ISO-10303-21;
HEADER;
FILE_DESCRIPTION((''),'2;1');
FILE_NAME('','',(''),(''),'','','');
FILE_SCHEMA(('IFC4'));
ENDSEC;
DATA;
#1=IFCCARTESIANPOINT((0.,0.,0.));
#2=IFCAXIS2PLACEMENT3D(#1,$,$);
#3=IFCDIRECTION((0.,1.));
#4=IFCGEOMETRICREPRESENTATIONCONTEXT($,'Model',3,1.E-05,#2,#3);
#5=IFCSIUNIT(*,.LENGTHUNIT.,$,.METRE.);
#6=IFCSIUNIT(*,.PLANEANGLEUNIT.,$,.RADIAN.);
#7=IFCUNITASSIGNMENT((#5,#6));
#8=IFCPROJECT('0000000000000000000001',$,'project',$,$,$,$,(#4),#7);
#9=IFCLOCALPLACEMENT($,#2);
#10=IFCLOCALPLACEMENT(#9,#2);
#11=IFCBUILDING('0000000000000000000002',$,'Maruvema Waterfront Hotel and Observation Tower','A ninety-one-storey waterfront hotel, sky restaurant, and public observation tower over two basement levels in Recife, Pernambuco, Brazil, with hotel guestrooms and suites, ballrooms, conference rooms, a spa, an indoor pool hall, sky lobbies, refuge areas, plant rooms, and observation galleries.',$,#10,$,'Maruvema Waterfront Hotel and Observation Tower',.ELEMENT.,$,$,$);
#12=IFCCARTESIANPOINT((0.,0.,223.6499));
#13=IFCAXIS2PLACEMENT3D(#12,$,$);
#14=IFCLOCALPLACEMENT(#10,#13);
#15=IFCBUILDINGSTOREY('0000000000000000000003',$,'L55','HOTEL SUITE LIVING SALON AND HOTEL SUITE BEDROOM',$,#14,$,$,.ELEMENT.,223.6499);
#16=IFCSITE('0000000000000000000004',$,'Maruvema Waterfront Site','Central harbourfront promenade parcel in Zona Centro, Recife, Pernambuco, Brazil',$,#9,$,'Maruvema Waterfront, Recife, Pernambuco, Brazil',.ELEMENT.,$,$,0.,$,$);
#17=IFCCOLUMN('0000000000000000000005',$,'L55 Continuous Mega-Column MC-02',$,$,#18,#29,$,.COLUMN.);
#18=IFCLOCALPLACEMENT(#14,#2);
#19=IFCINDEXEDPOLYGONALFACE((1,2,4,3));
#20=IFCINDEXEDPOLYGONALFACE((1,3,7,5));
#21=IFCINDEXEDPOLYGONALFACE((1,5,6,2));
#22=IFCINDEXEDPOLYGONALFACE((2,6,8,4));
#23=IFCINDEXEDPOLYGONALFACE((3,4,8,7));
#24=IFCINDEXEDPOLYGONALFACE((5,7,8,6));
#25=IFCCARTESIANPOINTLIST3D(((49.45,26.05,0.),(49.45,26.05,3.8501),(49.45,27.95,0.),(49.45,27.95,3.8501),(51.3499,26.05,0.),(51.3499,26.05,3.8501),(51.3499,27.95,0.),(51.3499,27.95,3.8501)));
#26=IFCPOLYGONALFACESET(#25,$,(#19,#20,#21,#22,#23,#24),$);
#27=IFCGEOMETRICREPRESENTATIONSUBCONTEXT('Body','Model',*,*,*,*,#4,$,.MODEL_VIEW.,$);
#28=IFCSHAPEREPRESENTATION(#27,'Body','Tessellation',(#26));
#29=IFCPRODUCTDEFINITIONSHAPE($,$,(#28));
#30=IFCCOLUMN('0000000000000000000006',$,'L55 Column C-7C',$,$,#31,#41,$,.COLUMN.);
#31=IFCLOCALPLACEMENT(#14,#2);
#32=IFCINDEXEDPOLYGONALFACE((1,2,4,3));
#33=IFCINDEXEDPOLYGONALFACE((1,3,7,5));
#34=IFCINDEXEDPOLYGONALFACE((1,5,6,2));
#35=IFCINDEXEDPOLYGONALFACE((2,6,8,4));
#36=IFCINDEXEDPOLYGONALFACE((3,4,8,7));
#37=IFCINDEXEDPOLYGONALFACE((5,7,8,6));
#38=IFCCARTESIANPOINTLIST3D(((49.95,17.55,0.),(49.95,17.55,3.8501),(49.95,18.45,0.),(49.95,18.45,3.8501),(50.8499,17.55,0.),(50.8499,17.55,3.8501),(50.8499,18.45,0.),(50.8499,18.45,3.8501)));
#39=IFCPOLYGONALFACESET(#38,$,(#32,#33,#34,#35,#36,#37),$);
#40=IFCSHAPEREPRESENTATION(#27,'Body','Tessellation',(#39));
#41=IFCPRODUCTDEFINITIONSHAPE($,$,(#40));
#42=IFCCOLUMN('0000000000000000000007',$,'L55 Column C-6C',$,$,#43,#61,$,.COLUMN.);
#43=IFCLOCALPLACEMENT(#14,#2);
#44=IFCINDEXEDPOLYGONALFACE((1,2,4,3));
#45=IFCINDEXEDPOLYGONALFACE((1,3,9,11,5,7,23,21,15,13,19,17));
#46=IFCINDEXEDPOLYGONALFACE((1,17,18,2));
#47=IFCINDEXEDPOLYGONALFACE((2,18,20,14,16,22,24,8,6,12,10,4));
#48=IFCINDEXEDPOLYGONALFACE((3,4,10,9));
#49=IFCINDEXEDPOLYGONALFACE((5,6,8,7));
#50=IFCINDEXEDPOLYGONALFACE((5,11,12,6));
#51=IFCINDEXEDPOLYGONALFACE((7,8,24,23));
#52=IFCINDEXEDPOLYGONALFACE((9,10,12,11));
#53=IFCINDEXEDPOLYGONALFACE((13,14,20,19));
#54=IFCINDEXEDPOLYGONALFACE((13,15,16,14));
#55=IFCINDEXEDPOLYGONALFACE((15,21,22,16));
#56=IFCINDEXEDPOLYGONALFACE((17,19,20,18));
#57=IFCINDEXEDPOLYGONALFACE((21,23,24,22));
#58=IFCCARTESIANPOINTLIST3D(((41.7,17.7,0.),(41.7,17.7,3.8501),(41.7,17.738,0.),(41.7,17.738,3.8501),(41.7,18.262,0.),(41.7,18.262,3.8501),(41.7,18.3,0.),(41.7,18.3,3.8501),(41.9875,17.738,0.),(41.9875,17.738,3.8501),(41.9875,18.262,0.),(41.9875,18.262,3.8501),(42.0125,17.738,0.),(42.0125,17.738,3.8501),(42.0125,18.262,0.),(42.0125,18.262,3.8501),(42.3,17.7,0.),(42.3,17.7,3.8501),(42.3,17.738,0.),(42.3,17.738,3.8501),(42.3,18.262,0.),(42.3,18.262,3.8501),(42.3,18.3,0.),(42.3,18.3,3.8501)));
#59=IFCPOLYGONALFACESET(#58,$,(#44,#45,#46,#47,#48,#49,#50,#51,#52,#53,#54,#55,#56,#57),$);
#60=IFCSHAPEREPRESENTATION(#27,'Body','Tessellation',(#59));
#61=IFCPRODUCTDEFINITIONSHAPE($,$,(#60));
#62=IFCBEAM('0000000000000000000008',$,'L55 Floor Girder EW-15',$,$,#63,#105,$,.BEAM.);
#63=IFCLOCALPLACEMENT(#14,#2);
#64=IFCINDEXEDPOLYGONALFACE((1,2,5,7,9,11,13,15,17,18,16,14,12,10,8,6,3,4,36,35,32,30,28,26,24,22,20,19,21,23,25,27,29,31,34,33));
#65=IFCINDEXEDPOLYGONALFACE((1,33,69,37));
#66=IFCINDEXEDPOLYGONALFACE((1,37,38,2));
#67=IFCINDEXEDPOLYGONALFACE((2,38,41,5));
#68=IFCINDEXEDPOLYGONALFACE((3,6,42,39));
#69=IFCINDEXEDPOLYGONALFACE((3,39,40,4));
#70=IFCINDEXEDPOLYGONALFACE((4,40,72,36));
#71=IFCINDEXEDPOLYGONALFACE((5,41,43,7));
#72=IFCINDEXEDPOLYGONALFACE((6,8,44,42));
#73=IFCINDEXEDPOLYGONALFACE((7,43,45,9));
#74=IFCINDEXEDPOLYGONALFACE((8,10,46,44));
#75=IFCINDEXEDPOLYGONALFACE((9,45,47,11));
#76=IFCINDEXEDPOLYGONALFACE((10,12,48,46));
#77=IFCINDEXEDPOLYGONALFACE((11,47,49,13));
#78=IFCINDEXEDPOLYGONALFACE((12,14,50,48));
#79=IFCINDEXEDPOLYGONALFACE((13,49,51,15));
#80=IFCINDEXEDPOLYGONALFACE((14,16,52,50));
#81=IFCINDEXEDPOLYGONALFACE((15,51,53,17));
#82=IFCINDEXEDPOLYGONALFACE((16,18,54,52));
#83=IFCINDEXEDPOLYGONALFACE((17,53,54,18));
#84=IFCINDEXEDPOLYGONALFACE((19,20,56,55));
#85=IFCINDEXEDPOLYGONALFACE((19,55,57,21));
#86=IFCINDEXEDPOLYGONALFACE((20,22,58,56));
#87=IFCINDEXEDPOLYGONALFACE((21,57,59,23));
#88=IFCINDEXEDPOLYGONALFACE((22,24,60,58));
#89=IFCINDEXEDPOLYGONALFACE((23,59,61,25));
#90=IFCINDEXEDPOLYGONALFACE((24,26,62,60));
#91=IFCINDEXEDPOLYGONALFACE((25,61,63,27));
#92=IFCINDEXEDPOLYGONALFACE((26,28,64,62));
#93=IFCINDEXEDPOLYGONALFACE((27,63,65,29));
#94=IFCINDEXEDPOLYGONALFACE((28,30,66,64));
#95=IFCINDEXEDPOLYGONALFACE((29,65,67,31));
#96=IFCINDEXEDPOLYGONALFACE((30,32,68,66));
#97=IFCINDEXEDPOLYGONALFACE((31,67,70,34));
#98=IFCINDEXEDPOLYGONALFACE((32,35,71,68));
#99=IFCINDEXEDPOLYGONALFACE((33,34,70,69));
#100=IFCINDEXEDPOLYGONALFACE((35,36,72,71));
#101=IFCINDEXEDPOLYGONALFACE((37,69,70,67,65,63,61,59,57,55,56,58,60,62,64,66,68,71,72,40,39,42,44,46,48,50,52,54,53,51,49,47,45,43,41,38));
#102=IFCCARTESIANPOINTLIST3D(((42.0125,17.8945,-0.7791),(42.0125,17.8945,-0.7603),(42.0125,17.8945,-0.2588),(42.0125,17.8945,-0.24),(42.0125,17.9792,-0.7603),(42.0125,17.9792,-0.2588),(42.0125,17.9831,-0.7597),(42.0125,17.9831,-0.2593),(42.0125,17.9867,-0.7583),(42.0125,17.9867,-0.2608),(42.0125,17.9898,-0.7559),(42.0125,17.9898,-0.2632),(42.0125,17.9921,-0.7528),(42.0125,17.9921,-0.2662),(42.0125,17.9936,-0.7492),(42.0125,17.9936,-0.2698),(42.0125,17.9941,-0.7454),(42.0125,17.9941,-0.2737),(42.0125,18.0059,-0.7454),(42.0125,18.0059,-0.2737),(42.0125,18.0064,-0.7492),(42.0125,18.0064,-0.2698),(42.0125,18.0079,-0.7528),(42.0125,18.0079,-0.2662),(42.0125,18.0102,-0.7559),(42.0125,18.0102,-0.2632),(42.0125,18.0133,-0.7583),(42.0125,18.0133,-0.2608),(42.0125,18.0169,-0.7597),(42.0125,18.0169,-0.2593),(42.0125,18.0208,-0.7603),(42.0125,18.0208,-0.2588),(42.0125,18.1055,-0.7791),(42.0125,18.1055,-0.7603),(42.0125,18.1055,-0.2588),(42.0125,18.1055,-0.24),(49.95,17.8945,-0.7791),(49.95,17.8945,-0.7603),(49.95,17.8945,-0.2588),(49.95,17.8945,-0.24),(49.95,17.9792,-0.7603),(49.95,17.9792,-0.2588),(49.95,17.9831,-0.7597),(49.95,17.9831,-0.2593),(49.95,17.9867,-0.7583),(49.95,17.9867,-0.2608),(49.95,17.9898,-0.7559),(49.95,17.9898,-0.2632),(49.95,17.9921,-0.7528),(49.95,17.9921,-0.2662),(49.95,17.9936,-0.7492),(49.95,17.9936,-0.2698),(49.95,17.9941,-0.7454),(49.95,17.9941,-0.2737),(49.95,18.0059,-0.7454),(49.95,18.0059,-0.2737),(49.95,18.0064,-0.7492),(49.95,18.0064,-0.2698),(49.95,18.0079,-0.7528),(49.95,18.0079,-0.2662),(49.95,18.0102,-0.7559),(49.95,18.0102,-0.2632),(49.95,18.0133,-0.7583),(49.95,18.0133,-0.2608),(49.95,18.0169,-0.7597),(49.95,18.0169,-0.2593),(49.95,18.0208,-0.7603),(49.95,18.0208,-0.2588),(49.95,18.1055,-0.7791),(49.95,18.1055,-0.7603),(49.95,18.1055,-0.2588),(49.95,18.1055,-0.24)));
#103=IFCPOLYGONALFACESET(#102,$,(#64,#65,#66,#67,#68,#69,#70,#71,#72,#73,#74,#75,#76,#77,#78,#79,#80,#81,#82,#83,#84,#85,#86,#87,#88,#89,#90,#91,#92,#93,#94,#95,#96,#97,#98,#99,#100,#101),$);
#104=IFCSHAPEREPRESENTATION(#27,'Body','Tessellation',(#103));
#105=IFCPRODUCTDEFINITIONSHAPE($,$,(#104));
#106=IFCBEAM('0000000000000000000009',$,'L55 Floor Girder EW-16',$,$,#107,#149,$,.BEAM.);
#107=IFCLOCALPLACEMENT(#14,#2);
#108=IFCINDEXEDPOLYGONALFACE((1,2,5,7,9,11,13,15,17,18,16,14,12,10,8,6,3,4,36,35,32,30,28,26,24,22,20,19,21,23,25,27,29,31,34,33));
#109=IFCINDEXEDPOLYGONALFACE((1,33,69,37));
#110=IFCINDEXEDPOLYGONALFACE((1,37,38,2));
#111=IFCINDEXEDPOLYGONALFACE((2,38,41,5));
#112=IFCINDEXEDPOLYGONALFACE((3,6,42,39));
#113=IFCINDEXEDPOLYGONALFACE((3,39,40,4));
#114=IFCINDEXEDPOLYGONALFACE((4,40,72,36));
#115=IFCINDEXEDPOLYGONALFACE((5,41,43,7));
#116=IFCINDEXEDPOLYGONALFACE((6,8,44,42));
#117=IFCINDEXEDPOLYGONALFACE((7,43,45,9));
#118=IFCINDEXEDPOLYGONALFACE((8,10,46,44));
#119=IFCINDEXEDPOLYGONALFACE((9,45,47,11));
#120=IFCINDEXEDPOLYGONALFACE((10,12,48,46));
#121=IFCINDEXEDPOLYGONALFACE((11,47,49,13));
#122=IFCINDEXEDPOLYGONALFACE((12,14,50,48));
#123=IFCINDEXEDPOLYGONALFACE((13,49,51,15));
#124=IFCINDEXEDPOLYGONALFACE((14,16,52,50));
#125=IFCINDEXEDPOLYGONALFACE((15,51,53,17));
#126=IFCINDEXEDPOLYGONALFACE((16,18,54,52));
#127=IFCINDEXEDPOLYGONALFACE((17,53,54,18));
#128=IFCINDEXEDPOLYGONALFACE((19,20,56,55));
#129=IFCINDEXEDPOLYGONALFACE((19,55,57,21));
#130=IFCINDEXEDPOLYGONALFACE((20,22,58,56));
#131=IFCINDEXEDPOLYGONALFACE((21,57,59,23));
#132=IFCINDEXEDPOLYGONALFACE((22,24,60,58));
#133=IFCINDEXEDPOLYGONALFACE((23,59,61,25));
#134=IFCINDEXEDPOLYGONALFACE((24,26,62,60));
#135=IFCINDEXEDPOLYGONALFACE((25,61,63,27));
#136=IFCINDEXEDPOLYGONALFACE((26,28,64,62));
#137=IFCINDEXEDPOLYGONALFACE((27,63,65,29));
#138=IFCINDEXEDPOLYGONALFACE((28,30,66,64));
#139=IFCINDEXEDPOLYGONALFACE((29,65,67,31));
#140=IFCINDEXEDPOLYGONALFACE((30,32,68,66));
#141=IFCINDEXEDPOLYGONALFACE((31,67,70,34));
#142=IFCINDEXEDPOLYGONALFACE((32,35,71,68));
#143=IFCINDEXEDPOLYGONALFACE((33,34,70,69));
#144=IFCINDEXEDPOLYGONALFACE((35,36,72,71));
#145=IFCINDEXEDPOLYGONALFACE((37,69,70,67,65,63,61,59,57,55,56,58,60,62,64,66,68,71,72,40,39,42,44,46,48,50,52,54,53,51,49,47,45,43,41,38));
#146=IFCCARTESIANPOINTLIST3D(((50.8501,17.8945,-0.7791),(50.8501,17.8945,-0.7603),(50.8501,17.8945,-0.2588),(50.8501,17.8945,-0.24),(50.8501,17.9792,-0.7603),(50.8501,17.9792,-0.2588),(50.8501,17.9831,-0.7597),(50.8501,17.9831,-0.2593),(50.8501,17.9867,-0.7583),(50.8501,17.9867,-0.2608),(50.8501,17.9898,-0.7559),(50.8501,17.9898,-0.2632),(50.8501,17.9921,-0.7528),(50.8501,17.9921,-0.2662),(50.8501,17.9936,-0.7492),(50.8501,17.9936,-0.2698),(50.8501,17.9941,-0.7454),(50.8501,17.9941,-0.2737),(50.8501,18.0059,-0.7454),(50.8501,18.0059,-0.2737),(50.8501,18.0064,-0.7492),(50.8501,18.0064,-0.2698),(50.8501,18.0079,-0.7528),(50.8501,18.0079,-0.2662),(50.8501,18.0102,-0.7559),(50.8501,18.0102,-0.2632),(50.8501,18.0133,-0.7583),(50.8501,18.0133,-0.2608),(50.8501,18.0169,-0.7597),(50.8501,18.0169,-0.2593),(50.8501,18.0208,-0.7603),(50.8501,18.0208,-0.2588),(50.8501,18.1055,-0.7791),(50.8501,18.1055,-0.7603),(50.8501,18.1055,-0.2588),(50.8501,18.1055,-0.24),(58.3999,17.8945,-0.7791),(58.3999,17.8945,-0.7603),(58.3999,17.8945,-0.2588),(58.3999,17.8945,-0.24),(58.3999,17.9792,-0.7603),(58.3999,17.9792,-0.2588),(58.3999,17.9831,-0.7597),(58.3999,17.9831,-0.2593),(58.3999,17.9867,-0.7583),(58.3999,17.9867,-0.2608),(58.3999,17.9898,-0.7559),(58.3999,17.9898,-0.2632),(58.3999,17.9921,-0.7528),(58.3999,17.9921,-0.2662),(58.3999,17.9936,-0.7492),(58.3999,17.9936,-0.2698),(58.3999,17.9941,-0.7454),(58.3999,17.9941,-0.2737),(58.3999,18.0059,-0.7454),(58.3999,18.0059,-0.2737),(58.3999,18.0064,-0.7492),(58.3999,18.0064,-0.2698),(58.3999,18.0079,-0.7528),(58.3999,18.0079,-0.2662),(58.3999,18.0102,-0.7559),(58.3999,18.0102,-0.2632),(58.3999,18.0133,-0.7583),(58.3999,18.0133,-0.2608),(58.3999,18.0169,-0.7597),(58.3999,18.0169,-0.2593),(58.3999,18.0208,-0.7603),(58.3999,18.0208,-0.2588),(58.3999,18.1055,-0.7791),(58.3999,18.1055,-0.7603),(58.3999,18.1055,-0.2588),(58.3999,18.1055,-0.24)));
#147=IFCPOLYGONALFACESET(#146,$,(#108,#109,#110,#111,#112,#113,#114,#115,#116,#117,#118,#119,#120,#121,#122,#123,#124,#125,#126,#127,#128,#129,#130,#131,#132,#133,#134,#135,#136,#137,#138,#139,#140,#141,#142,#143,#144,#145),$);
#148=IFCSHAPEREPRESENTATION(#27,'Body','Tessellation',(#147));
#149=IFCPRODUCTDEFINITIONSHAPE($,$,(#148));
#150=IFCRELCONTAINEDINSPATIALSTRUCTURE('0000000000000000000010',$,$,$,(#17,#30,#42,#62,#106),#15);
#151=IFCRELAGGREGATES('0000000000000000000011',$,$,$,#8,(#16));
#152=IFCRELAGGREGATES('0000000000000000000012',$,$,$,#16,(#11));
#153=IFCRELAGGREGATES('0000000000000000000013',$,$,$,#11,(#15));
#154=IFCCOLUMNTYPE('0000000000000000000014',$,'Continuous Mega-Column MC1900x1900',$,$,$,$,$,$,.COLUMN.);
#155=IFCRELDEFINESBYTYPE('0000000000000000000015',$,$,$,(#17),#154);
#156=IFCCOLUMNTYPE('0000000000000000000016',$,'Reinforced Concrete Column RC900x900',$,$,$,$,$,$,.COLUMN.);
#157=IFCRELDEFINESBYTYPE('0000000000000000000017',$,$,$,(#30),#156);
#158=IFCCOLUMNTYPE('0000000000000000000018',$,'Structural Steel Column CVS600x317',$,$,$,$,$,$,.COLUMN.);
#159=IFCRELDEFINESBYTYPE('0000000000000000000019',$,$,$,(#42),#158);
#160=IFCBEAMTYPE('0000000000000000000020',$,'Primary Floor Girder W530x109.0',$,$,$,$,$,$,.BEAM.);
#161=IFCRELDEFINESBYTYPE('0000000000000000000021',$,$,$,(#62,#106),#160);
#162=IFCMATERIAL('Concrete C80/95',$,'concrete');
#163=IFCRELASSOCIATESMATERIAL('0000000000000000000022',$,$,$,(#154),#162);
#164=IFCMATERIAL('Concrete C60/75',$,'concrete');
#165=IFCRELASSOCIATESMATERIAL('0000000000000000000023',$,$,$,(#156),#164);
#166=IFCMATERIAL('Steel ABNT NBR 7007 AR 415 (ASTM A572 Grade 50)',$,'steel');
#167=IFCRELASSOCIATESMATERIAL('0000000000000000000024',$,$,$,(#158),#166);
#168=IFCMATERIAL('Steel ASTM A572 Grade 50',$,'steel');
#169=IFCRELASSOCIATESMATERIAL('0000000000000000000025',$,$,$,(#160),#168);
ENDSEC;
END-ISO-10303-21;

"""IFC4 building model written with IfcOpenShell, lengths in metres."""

from ifc_helpers import new_model, si_unit, direction, frame, origin, origin_2d, place, context, subcontext, project, spatial, rectangle, i_section, extrude, material, material_profile, profile_set, type_object, element, save


model = new_model("IFC4")

# Units and contexts
model_context = context("Model", 3, precision=1e-05, world=origin(), true_north=direction((0.0, 1.0)))
body_context = subcontext(model_context, "Body", "Model", "MODEL_VIEW")
ifc_project = project(units=[si_unit("LENGTHUNIT", "METRE"), si_unit("PLANEANGLEUNIT", "RADIAN")], contexts=[model_context])

# Site, building, storey
site_placement = place(None, origin())
site = spatial("IfcSite", under=ifc_project, at=site_placement, Name="Maruvema Waterfront Site", Description="Central harbourfront promenade parcel in Zona Centro, Recife, Pernambuco, Brazil", LongName="Maruvema Waterfront, Recife, Pernambuco, Brazil", CompositionType="ELEMENT", RefElevation=0.0)
building_placement = place(site_placement, origin())
building = spatial("IfcBuilding", under=site, at=building_placement, Name="Maruvema Waterfront Hotel and Observation Tower", Description="A ninety-one-storey waterfront hotel, sky restaurant, and public observation tower over two basement levels in Recife, Pernambuco, Brazil, with hotel guestrooms and suites, ballrooms, conference rooms, a spa, an indoor pool hall, sky lobbies, refuge areas, plant rooms, and observation galleries.", LongName="Maruvema Waterfront Hotel and Observation Tower", CompositionType="ELEMENT")
storey_placement = place(building_placement, frame((0.0, 0.0, 223.6499)))
storey = spatial("IfcBuildingStorey", under=building, at=storey_placement, Name="L55", Description="HOTEL SUITE LIVING SALON AND HOTEL SUITE BEDROOM", CompositionType="ELEMENT", Elevation=223.6499)

# Columns
ifc_material_1 = material(Name="Concrete C80/95", Category="concrete")
ifc_material_profile_1 = material_profile(ifc_material_1, rectangle(XDim=1.8999, YDim=1.8999, at=origin_2d()), Name="MC1900x1900")
ifc_profile_set_1 = profile_set([ifc_material_profile_1], Name="Concrete C80/95")
column_type_1 = type_object("IfcColumnType", Name="Continuous Mega-Column MC1900x1900", PredefinedType="COLUMN", material=ifc_profile_set_1)
column_1_placement = place(storey_placement, frame((50.3999, 27.0, 0.0), z_axis=(0.0, 0.0, 1.0), x_axis=(1.0, 0.0, 0.0)))
element("IfcColumn", 1, at=column_1_placement, inside=storey, type_object=column_type_1, Name="L55 Continuous Mega-Column MC-02", PredefinedType="COLUMN", context=body_context, shape_type="SweptSolid", body=[
    extrude(rectangle(XDim=1.8999, YDim=1.8999, at=origin_2d()), origin(), (0.0, 0.0, 1.0), 3.8501),
])
ifc_material_2 = material(Name="Concrete C60/75", Category="concrete")
ifc_material_profile_2 = material_profile(ifc_material_2, rectangle(XDim=0.8999, YDim=0.8999, at=origin_2d()), Name="RC900x900")
ifc_profile_set_2 = profile_set([ifc_material_profile_2], Name="Concrete C60/75")
column_type_2 = type_object("IfcColumnType", Name="Reinforced Concrete Column RC900x900", PredefinedType="COLUMN", material=ifc_profile_set_2)
column_2_placement = place(storey_placement, frame((50.3999, 18.0, 0.0), z_axis=(0.0, 0.0, 1.0), x_axis=(1.0, 0.0, 0.0)))
element("IfcColumn", 2, at=column_2_placement, inside=storey, type_object=column_type_2, Name="L55 Column C-7C", PredefinedType="COLUMN", context=body_context, shape_type="SweptSolid", body=[
    extrude(rectangle(XDim=0.8999, YDim=0.8999, at=origin_2d()), origin(), (0.0, 0.0, 1.0), 3.8501),
])
ifc_material_3 = material(Name="Steel ABNT NBR 7007 AR 415 (ASTM A572 Grade 50)", Category="steel")
ifc_material_profile_3 = material_profile(ifc_material_3, i_section(OverallWidth=0.6001, OverallDepth=0.6001, WebThickness=0.0249, FlangeThickness=0.0381, at=origin_2d()), Name="CVS600x317")
ifc_profile_set_3 = profile_set([ifc_material_profile_3], Name="Steel ABNT NBR 7007 AR 415 (ASTM A572 Grade 50)")
column_type_3 = type_object("IfcColumnType", Name="Structural Steel Column CVS600x317", PredefinedType="COLUMN", material=ifc_profile_set_3)
column_3_placement = place(storey_placement, frame((42.0, 18.0, 0.0), z_axis=(0.0, 0.0, 1.0), x_axis=(1.0, 0.0, 0.0)))
element("IfcColumn", 3, at=column_3_placement, inside=storey, type_object=column_type_3, Name="L55 Column C-6C", PredefinedType="COLUMN", context=body_context, shape_type="SweptSolid", body=[
    extrude(i_section(OverallWidth=0.6001, OverallDepth=0.6001, WebThickness=0.0249, FlangeThickness=0.0381, at=origin_2d()), origin(), (0.0, 0.0, 1.0), 3.8501),
])

# Beams
ifc_material_4 = material(Name="Steel ASTM A572 Grade 50", Category="steel")
ifc_material_profile_4 = material_profile(ifc_material_4, i_section(OverallWidth=0.2109, OverallDepth=0.5391, WebThickness=0.0117, FlangeThickness=0.0188, FilletRadius=0.0149, at=origin_2d()), Name="W530x109.0")
ifc_profile_set_4 = profile_set([ifc_material_profile_4], Name="Steel ASTM A572 Grade 50")
beam_type_1 = type_object("IfcBeamType", Name="Primary Floor Girder W530x109.0", PredefinedType="BEAM", material=ifc_profile_set_4)
beam_1_placement = place(storey_placement, frame((42.0125, 18.0, -0.5095), z_axis=(1.0, 0.0, 0.0), x_axis=(0.0, 1.0, 0.0)))
element("IfcBeam", 4, at=beam_1_placement, inside=storey, type_object=beam_type_1, Name="L55 Floor Girder EW-15", PredefinedType="BEAM", context=body_context, shape_type="SweptSolid", body=[
    extrude(i_section(OverallWidth=0.2109, OverallDepth=0.5391, WebThickness=0.0117, FlangeThickness=0.0188, FilletRadius=0.0149, at=origin_2d()), origin(), (0.0, 0.0, 1.0), 7.9375),
])
beam_2_placement = place(storey_placement, frame((50.8501, 18.0, -0.5095), z_axis=(1.0, 0.0, 0.0), x_axis=(0.0, 1.0, 0.0)))
element("IfcBeam", 5, at=beam_2_placement, inside=storey, type_object=beam_type_1, Name="L55 Floor Girder EW-16", PredefinedType="BEAM", context=body_context, shape_type="SweptSolid", body=[
    extrude(i_section(OverallWidth=0.2109, OverallDepth=0.5391, WebThickness=0.0117, FlangeThickness=0.0188, FilletRadius=0.0149, at=origin_2d()), origin(), (0.0, 0.0, 1.0), 7.5498),
])

save(model, "model.ifc")
